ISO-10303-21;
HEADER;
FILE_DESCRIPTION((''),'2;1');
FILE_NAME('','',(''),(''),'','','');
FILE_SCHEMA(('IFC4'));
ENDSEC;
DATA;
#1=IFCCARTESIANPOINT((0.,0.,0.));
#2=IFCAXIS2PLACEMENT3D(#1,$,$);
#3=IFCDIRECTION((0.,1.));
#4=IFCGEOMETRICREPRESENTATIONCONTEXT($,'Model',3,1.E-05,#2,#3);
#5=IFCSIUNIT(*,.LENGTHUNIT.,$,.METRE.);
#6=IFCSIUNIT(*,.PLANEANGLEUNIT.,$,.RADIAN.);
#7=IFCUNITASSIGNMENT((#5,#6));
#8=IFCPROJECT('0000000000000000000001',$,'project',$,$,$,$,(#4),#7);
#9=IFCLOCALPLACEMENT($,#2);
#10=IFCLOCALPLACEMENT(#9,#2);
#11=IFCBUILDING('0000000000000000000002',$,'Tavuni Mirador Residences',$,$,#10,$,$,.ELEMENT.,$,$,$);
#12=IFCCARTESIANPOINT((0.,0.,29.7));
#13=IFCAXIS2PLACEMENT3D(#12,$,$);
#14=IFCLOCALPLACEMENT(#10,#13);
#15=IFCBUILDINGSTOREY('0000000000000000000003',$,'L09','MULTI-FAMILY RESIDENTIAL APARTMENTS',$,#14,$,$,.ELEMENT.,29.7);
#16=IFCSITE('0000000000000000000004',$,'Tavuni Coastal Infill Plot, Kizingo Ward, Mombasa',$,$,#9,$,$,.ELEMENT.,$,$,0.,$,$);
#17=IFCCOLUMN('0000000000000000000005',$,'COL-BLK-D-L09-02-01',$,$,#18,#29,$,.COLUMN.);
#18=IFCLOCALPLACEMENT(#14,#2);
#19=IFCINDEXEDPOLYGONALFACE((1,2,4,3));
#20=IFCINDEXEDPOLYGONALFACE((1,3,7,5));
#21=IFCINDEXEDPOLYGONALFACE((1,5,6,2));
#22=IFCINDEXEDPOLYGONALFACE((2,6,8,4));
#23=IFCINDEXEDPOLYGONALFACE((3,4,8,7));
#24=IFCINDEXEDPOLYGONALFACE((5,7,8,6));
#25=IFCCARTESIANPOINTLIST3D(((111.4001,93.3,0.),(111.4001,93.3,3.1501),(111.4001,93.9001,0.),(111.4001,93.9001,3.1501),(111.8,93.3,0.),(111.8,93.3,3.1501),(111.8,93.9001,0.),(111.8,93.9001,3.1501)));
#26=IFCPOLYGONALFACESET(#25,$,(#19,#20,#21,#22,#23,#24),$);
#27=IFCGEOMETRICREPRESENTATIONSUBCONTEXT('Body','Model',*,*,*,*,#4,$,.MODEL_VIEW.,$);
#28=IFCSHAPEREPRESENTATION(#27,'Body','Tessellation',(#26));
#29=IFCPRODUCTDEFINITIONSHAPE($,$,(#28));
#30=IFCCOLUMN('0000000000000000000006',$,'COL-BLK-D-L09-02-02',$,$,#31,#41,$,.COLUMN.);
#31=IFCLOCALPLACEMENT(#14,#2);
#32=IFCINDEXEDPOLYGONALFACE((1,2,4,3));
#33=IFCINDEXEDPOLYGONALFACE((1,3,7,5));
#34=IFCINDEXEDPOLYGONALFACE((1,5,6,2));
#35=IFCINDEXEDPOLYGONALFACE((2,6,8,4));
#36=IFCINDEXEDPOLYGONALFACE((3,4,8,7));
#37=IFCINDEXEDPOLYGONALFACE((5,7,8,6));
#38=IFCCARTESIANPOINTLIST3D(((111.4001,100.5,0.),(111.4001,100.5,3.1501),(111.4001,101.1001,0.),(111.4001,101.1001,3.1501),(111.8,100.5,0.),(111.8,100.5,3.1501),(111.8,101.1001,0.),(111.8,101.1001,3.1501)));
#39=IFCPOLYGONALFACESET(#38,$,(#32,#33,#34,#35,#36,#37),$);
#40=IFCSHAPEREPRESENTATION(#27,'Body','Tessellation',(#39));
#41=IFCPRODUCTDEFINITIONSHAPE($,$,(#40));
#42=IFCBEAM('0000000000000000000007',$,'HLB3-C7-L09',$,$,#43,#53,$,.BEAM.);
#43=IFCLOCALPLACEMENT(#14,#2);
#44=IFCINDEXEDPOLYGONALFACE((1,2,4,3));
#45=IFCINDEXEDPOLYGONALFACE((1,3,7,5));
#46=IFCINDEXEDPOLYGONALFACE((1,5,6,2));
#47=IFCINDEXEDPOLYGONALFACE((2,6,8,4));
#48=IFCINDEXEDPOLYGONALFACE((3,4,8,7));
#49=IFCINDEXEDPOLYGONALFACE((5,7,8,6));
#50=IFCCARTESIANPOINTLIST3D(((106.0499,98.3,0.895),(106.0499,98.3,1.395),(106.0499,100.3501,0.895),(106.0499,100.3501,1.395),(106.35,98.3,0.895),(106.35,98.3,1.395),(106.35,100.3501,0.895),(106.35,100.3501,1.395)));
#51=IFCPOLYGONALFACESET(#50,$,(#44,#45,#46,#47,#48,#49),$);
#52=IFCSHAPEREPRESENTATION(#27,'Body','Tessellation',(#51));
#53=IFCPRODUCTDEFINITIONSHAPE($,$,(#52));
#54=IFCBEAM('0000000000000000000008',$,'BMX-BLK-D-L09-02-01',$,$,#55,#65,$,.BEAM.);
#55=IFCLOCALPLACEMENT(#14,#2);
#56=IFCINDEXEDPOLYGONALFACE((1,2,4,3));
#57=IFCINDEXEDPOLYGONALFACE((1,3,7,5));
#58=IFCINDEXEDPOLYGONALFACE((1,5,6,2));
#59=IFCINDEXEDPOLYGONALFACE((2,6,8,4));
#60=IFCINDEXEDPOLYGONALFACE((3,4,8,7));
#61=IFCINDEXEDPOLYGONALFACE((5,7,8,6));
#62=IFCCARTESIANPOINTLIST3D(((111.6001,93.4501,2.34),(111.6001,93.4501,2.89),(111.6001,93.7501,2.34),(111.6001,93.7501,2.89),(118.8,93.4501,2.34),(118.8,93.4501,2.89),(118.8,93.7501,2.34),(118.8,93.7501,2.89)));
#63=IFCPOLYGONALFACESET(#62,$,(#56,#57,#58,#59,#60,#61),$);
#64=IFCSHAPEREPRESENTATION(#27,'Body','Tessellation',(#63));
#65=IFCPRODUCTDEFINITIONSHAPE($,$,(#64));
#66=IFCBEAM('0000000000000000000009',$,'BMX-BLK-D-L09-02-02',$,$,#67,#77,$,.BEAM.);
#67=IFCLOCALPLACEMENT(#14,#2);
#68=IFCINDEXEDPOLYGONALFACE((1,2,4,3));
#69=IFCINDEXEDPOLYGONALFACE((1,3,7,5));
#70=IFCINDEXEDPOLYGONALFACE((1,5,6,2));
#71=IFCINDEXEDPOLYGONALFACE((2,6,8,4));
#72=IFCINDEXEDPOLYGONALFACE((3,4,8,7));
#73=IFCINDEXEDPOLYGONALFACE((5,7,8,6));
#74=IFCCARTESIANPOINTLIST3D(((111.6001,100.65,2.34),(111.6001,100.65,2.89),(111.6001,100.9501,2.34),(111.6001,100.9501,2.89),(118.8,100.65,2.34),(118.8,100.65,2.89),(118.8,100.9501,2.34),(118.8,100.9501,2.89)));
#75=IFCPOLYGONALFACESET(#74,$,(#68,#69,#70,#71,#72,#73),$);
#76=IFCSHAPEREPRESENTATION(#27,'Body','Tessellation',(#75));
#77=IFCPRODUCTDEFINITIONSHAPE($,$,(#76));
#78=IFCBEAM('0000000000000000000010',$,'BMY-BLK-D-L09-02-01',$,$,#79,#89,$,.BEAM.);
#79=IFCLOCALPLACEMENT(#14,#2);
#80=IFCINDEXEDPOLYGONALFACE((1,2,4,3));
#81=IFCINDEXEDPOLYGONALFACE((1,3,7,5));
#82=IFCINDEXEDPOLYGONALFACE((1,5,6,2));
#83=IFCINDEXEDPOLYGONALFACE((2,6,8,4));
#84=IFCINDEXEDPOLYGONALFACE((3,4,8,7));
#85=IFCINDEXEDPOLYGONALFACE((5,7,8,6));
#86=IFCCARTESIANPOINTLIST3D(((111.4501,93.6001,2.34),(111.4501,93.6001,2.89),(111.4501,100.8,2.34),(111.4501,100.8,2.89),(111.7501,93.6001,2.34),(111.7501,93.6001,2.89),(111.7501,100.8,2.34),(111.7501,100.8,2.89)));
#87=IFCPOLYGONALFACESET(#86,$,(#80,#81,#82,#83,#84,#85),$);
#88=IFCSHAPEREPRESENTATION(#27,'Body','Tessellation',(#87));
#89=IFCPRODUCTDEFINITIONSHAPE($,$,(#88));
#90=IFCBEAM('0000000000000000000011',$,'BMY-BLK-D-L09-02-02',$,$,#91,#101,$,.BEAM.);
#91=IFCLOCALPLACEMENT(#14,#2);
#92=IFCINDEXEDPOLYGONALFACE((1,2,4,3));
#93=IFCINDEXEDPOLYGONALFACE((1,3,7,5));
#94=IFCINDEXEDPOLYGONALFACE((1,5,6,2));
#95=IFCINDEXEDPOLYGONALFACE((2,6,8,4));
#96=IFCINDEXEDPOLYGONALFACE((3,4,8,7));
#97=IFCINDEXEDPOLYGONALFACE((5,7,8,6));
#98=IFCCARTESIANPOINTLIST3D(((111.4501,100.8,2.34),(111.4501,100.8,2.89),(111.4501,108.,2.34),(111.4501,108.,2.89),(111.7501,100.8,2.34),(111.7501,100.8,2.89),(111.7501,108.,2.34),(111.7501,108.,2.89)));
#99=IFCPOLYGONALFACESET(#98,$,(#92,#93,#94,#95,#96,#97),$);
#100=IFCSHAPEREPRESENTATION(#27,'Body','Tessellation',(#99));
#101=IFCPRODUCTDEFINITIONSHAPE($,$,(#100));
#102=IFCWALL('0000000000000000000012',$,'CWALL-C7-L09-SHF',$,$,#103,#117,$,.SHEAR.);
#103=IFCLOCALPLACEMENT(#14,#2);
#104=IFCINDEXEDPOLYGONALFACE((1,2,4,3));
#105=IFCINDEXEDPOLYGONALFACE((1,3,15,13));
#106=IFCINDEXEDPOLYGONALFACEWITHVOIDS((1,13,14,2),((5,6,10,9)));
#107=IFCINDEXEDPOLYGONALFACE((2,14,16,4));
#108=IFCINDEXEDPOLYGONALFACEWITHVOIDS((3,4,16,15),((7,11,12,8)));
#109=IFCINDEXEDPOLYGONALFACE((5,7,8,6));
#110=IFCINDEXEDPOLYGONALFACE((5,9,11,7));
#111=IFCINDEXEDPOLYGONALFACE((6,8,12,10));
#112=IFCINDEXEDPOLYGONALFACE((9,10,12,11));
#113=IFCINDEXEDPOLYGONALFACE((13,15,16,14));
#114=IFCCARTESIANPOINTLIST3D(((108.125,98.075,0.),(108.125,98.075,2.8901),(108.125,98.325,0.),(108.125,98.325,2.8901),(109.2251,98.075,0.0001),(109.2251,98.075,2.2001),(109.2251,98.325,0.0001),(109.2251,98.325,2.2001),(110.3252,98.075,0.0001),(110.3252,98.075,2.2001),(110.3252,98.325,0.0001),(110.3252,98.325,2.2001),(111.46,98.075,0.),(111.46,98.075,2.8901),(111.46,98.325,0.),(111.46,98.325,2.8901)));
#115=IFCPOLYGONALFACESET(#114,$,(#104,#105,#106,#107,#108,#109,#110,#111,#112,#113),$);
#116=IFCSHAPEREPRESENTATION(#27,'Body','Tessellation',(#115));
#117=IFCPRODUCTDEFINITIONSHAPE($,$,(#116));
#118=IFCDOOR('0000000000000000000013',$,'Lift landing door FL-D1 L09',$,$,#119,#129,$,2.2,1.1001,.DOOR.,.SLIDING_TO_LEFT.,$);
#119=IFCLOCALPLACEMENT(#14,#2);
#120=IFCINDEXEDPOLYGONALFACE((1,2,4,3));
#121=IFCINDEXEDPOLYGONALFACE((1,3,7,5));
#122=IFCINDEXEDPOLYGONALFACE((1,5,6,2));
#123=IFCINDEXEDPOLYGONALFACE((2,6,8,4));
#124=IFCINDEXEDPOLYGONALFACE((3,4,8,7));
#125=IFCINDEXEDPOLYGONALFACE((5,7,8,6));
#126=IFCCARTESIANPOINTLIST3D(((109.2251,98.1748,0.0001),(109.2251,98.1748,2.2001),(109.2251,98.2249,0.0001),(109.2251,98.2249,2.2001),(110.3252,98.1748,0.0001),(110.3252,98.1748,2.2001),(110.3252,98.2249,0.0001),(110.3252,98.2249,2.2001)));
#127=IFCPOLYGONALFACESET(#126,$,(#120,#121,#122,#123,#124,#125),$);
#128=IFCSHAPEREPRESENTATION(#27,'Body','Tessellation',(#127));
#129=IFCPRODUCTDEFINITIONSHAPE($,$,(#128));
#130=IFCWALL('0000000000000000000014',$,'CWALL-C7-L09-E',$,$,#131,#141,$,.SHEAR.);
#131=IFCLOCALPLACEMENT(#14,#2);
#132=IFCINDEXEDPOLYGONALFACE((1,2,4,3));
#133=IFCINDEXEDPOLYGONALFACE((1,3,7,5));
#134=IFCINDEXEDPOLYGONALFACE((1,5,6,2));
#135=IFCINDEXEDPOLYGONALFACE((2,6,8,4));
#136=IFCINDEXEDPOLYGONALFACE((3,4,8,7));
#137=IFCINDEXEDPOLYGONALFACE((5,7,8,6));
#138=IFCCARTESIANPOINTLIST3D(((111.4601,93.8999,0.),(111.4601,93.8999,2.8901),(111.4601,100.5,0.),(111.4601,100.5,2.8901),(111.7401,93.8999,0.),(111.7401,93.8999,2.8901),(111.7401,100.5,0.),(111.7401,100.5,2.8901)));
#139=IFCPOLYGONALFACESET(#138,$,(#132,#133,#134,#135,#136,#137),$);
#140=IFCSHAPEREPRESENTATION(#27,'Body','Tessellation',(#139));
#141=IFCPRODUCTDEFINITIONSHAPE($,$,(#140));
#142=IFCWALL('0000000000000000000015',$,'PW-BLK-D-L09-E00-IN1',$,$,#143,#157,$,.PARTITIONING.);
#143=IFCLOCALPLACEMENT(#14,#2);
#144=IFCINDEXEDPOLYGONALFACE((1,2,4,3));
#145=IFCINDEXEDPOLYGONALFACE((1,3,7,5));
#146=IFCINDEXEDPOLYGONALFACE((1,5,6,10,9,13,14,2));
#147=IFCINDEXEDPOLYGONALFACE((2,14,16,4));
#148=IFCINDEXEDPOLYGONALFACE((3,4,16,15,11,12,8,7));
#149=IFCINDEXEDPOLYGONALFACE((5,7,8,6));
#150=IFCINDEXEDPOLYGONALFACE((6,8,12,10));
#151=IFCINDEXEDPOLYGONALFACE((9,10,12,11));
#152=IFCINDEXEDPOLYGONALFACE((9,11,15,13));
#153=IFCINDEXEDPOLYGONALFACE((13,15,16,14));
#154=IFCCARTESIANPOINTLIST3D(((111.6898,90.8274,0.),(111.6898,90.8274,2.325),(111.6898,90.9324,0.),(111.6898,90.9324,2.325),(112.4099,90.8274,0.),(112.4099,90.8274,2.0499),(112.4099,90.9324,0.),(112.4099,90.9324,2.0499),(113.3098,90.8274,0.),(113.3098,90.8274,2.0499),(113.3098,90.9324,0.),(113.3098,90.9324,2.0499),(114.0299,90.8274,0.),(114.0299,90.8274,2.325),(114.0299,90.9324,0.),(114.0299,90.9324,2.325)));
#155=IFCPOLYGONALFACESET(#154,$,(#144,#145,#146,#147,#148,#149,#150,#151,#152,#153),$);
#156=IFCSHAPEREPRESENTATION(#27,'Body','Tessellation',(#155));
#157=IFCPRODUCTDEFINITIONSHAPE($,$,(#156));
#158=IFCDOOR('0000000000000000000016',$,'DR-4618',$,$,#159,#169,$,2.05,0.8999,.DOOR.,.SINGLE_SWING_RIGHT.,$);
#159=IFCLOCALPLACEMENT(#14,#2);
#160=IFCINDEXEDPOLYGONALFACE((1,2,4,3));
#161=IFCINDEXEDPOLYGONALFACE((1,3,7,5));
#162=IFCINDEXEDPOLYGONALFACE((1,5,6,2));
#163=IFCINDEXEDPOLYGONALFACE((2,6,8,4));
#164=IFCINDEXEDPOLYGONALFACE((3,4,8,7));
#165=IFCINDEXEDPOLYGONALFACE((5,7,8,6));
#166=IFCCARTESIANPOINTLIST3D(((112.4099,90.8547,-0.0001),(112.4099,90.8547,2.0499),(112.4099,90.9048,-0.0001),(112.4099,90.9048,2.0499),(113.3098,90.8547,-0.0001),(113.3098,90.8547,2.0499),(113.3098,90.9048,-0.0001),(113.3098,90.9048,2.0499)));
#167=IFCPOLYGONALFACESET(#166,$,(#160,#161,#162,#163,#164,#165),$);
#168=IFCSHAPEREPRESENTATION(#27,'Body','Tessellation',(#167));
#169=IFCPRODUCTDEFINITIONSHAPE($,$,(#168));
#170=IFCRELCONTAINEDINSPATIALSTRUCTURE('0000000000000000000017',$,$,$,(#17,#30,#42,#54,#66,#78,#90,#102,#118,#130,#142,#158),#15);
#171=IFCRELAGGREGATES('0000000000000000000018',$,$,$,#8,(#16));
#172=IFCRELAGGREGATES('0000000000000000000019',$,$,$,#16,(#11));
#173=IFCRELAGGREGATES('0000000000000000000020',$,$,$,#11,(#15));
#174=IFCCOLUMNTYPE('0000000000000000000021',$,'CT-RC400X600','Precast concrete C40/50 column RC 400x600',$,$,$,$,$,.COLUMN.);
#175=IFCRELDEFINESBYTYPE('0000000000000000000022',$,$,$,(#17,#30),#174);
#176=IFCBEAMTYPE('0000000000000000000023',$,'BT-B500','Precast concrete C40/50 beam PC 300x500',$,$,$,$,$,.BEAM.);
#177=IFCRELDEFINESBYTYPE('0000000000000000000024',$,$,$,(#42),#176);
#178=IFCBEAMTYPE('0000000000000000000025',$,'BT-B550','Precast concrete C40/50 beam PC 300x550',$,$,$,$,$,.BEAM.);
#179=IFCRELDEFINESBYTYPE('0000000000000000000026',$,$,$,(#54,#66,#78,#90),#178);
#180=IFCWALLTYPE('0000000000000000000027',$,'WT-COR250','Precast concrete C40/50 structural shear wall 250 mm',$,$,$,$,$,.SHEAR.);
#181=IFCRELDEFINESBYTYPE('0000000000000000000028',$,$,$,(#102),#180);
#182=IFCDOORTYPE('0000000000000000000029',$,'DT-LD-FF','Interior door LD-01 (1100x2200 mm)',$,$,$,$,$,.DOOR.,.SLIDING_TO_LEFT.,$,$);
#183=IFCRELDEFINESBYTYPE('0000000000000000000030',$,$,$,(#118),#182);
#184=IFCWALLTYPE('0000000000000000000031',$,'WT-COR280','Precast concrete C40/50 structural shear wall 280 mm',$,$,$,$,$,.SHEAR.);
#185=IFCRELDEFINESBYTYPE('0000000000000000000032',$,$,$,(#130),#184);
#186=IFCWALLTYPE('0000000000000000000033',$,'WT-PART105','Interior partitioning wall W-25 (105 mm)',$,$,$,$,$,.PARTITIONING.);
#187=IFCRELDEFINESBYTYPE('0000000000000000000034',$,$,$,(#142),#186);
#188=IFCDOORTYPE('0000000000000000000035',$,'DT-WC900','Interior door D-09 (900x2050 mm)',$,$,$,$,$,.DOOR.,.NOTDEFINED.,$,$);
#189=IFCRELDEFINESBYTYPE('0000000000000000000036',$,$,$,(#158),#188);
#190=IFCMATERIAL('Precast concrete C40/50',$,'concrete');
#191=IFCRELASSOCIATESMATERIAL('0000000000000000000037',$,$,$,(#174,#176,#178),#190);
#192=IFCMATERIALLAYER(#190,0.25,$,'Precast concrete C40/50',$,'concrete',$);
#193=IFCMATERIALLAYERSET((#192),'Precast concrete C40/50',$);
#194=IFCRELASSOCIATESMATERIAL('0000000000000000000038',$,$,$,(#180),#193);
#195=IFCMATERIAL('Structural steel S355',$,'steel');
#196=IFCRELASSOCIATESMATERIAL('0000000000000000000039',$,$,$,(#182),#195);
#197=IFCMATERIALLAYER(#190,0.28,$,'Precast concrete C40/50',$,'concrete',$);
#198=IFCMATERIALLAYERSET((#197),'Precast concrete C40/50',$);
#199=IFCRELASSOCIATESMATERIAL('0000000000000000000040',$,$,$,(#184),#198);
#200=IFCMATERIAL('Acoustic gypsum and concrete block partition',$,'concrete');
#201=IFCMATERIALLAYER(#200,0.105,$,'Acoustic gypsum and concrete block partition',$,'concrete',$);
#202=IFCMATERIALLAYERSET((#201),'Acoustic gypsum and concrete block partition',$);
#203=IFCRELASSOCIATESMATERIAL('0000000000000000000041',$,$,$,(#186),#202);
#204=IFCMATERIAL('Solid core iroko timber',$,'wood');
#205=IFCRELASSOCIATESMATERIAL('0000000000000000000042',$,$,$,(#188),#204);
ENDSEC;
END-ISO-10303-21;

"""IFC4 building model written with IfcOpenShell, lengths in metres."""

from ifc_helpers import new_model, si_unit, direction, frame, frame_2d, origin, origin_2d, place, context, subcontext, project, spatial, rectangle, extrude, material, layer, layer_set, material_profile, profile_set, type_object, element, fill, save


model = new_model("IFC4")

# Units and contexts
model_context = context("Model", 3, precision=1e-05, world=origin(), true_north=direction((0.0, 1.0)))
body_context = subcontext(model_context, "Body", "Model", "MODEL_VIEW")
ifc_project = project(units=[si_unit("LENGTHUNIT", "METRE"), si_unit("PLANEANGLEUNIT", "RADIAN")], contexts=[model_context])

# Site, building, storey
site_placement = place(None, origin())
site = spatial("IfcSite", under=ifc_project, at=site_placement, Name="Tavuni Coastal Infill Plot, Kizingo Ward, Mombasa", CompositionType="ELEMENT", RefElevation=0.0)
building_placement = place(site_placement, origin())
building = spatial("IfcBuilding", under=site, at=building_placement, Name="Tavuni Mirador Residences", CompositionType="ELEMENT")
storey_placement = place(building_placement, frame((0.0, 0.0, 29.7)))
storey = spatial("IfcBuildingStorey", under=building, at=storey_placement, Name="L09", Description="MULTI-FAMILY RESIDENTIAL APARTMENTS", CompositionType="ELEMENT", Elevation=29.7)

# Columns
ifc_material_1 = material(Name="Precast concrete C40/50", Category="concrete")
ifc_material_profile_1 = material_profile(ifc_material_1, rectangle(XDim=0.3999, YDim=0.6001, at=origin_2d()), Name="RC 400x600", Category="concrete")
ifc_profile_set_1 = profile_set([ifc_material_profile_1], Name="Precast concrete C40/50")
column_type = type_object("IfcColumnType", Name="CT-RC400X600", Description="Precast concrete C40/50 column RC 400x600", PredefinedType="COLUMN", material=ifc_profile_set_1)
for number, where, z_axis, x_axis, name in (
    (1, (111.6001, 93.6001, 0.0), (0.0, 0.0, 1.0), (1.0, 0.0, 0.0), "COL-BLK-D-L09-02-01"),
    (2, (111.6001, 100.8, 0.0), (0.0, 0.0, 1.0), (1.0, 0.0, 0.0), "COL-BLK-D-L09-02-02"),
):
    element("IfcColumn", number, at=place(storey_placement, frame(where, z_axis=z_axis, x_axis=x_axis)), inside=storey, type_object=column_type, Name=name, PredefinedType="COLUMN", context=body_context, shape_type="SweptSolid", body=[
        extrude(rectangle(XDim=0.3999, YDim=0.6001, at=origin_2d()), origin(), (0.0, 0.0, 1.0), 3.1501),
    ])

# Beams
ifc_material_profile_2 = material_profile(ifc_material_1, rectangle(XDim=0.3, YDim=0.5, at=origin_2d()), Name="PC 300x500", Category="concrete")
ifc_profile_set_2 = profile_set([ifc_material_profile_2], Name="Precast concrete C40/50")
beam_type_1 = type_object("IfcBeamType", Name="BT-B500", Description="Precast concrete C40/50 beam PC 300x500", PredefinedType="BEAM", material=ifc_profile_set_2)
beam_placement = place(storey_placement, frame((106.2, 98.3, 1.145), z_axis=(0.0, 1.0, 0.0), x_axis=(-1.0, 0.0, 0.0)))
element("IfcBeam", 3, at=beam_placement, inside=storey, type_object=beam_type_1, Name="HLB3-C7-L09", PredefinedType="BEAM", context=body_context, shape_type="SweptSolid", body=[
    extrude(rectangle(XDim=0.3, YDim=0.5, at=origin_2d()), origin(), (0.0, 0.0, 1.0), 2.05),
])
ifc_material_profile_3 = material_profile(ifc_material_1, rectangle(XDim=0.3, YDim=0.55, at=origin_2d()), Name="PC 300x550", Category="concrete")
ifc_profile_set_3 = profile_set([ifc_material_profile_3], Name="Precast concrete C40/50")
beam_type_2 = type_object("IfcBeamType", Name="BT-B550", Description="Precast concrete C40/50 beam PC 300x550", PredefinedType="BEAM", material=ifc_profile_set_3)
for number, where, z_axis, x_axis, name in (
    (4, (111.6001, 93.6001, 2.615), (1.0, 0.0, 0.0), (0.0, 1.0, 0.0), "BMX-BLK-D-L09-02-01"),
    (5, (111.6001, 100.8, 2.615), (1.0, 0.0, 0.0), (0.0, 1.0, 0.0), "BMX-BLK-D-L09-02-02"),
    (6, (111.6001, 93.6001, 2.615), (0.0, 1.0, 0.0), (-1.0, 0.0, 0.0), "BMY-BLK-D-L09-02-01"),
    (7, (111.6001, 100.8, 2.615), (0.0, 1.0, 0.0), (-1.0, 0.0, 0.0), "BMY-BLK-D-L09-02-02"),
):
    element("IfcBeam", number, at=place(storey_placement, frame(where, z_axis=z_axis, x_axis=x_axis)), inside=storey, type_object=beam_type_2, Name=name, PredefinedType="BEAM", context=body_context, shape_type="SweptSolid", body=[
        extrude(rectangle(XDim=0.3, YDim=0.55, at=origin_2d()), origin(), (0.0, 0.0, 1.0), 7.2),
    ])

# Wall, opening, door
ifc_layer_1 = layer(ifc_material_1, 0.25, Name="Precast concrete C40/50", Category="concrete")
ifc_layer_set_1 = layer_set([ifc_layer_1], Name="Precast concrete C40/50")
wall_type_1 = type_object("IfcWallType", Name="WT-COR250", Description="Precast concrete C40/50 structural shear wall 250 mm", PredefinedType="SHEAR", material=ifc_layer_set_1)
ifc_material_2 = material(Name="Solid core iroko timber", Category="wood")
wall_1_placement = place(storey_placement, frame((108.125, 98.2, 0.0), z_axis=(0.0, 0.0, 1.0), x_axis=(1.0, 0.0, 0.0)))
wall_1 = element("IfcWall", 8, at=wall_1_placement, inside=storey, type_object=wall_type_1, Name="CWALL-C7-L09-SHF", PredefinedType="SHEAR", context=body_context, shape_type="SweptSolid", body=[
    extrude(rectangle(XDim=3.335, YDim=0.25, at=frame_2d((1.6675, 0.0))), origin(), (0.0, 0.0, 1.0), 2.8901),
])
opening_1_placement = place(wall_1_placement, frame((1.1001, 0.0, 0.0)))
opening_1 = element("IfcOpeningElement", 9, at=opening_1_placement, cuts=wall_1, PredefinedType="OPENING", context=body_context, shape_type="SweptSolid", body=[
    extrude(rectangle(XDim=1.1001, YDim=2.2, at=frame_2d((0.55, 1.1001))), frame((0.0, 0.135, 0.0), z_axis=(0.0, -1.0, 0.0), x_axis=(1.0, 0.0, 0.0)), (0.0, 0.0, 1.0), 0.27),
])
ifc_material_3 = material(Name="Structural steel S355", Category="steel")
door_type_1 = type_object("IfcDoorType", Name="DT-LD-FF", Description="Interior door LD-01 (1100x2200 mm)", OperationType="SLIDING_TO_LEFT", PredefinedType="DOOR", material=ifc_material_3)
door_1_placement = place(opening_1_placement, origin())
door_1 = element("IfcDoor", 10, at=door_1_placement, inside=storey, type_object=door_type_1, Name="Lift landing door FL-D1 L09", OperationType="SLIDING_TO_LEFT", OverallHeight=2.2, OverallWidth=1.1001, PredefinedType="DOOR", context=body_context, shape_type="SweptSolid", body=[
    extrude(rectangle(XDim=1.1001, YDim=2.2, at=frame_2d((0.55, 1.1001))), frame((0.0, 0.0249, 0.0), z_axis=(0.0, -1.0, 0.0), x_axis=(1.0, 0.0, 0.0)), (0.0, 0.0, 1.0), 0.05),
])
fill(opening_1, door_1)

# Wall
ifc_layer_2 = layer(ifc_material_1, 0.28, Name="Precast concrete C40/50", Category="concrete")
ifc_layer_set_2 = layer_set([ifc_layer_2], Name="Precast concrete C40/50")
wall_type_2 = type_object("IfcWallType", Name="WT-COR280", Description="Precast concrete C40/50 structural shear wall 280 mm", PredefinedType="SHEAR", material=ifc_layer_set_2)
wall_2_placement = place(storey_placement, frame((111.6001, 93.8999, 0.0), z_axis=(0.0, 0.0, 1.0), x_axis=(0.0, 1.0, 0.0)))
element("IfcWall", 11, at=wall_2_placement, inside=storey, type_object=wall_type_2, Name="CWALL-C7-L09-E", PredefinedType="SHEAR", context=body_context, shape_type="SweptSolid", body=[
    extrude(rectangle(XDim=6.6001, YDim=0.28, at=frame_2d((3.3, 0.0))), origin(), (0.0, 0.0, 1.0), 2.8901),
])

# Wall, opening, door
ifc_material_4 = material(Name="Acoustic gypsum and concrete block partition", Category="concrete")
ifc_layer_3 = layer(ifc_material_4, 0.105, Name="Acoustic gypsum and concrete block partition", Category="concrete")
ifc_layer_set_3 = layer_set([ifc_layer_3], Name="Acoustic gypsum and concrete block partition")
wall_type_3 = type_object("IfcWallType", Name="WT-PART105", Description="Interior partitioning wall W-25 (105 mm)", PredefinedType="PARTITIONING", material=ifc_layer_set_3)
wall_3_placement = place(storey_placement, frame((111.6899, 90.8799, 0.0), z_axis=(0.0, 0.0, 1.0), x_axis=(1.0, 0.0, 0.0)))
wall_3 = element("IfcWall", 12, at=wall_3_placement, inside=storey, type_object=wall_type_3, Name="PW-BLK-D-L09-E00-IN1", PredefinedType="PARTITIONING", context=body_context, shape_type="SweptSolid", body=[
    extrude(rectangle(XDim=2.3401, YDim=0.105, at=frame_2d((1.1699, 0.0))), origin(), (0.0, 0.0, 1.0), 2.325),
])
opening_2_placement = place(wall_3_placement, frame((0.72, 0.0, 0.0)))
opening_2 = element("IfcOpeningElement", 13, at=opening_2_placement, cuts=wall_3, PredefinedType="OPENING", context=body_context, shape_type="SweptSolid", body=[
    extrude(rectangle(XDim=0.8999, YDim=2.05, at=frame_2d((0.45, 1.0249))), frame((0.0, 0.0625, 0.0), z_axis=(0.0, -1.0, 0.0), x_axis=(1.0, 0.0, 0.0)), (0.0, 0.0, 1.0), 0.125),
])
door_type_2 = type_object("IfcDoorType", Name="DT-WC900", Description="Interior door D-09 (900x2050 mm)", OperationType="NOTDEFINED", PredefinedType="DOOR", material=ifc_material_2)
door_2_placement = place(opening_2_placement, origin())
door_2 = element("IfcDoor", 14, at=door_2_placement, inside=storey, type_object=door_type_2, Name="DR-4618", OperationType="SINGLE_SWING_RIGHT", OverallHeight=2.05, OverallWidth=0.8999, PredefinedType="DOOR", context=body_context, shape_type="SweptSolid", body=[
    extrude(rectangle(XDim=0.8999, YDim=2.05, at=frame_2d((0.45, 1.0249))), frame((0.0, 0.0249, 0.0), z_axis=(0.0, -1.0, 0.0), x_axis=(1.0, 0.0, 0.0)), (0.0, 0.0, 1.0), 0.05),
])
fill(opening_2, door_2)

save(model, "model.ifc")
